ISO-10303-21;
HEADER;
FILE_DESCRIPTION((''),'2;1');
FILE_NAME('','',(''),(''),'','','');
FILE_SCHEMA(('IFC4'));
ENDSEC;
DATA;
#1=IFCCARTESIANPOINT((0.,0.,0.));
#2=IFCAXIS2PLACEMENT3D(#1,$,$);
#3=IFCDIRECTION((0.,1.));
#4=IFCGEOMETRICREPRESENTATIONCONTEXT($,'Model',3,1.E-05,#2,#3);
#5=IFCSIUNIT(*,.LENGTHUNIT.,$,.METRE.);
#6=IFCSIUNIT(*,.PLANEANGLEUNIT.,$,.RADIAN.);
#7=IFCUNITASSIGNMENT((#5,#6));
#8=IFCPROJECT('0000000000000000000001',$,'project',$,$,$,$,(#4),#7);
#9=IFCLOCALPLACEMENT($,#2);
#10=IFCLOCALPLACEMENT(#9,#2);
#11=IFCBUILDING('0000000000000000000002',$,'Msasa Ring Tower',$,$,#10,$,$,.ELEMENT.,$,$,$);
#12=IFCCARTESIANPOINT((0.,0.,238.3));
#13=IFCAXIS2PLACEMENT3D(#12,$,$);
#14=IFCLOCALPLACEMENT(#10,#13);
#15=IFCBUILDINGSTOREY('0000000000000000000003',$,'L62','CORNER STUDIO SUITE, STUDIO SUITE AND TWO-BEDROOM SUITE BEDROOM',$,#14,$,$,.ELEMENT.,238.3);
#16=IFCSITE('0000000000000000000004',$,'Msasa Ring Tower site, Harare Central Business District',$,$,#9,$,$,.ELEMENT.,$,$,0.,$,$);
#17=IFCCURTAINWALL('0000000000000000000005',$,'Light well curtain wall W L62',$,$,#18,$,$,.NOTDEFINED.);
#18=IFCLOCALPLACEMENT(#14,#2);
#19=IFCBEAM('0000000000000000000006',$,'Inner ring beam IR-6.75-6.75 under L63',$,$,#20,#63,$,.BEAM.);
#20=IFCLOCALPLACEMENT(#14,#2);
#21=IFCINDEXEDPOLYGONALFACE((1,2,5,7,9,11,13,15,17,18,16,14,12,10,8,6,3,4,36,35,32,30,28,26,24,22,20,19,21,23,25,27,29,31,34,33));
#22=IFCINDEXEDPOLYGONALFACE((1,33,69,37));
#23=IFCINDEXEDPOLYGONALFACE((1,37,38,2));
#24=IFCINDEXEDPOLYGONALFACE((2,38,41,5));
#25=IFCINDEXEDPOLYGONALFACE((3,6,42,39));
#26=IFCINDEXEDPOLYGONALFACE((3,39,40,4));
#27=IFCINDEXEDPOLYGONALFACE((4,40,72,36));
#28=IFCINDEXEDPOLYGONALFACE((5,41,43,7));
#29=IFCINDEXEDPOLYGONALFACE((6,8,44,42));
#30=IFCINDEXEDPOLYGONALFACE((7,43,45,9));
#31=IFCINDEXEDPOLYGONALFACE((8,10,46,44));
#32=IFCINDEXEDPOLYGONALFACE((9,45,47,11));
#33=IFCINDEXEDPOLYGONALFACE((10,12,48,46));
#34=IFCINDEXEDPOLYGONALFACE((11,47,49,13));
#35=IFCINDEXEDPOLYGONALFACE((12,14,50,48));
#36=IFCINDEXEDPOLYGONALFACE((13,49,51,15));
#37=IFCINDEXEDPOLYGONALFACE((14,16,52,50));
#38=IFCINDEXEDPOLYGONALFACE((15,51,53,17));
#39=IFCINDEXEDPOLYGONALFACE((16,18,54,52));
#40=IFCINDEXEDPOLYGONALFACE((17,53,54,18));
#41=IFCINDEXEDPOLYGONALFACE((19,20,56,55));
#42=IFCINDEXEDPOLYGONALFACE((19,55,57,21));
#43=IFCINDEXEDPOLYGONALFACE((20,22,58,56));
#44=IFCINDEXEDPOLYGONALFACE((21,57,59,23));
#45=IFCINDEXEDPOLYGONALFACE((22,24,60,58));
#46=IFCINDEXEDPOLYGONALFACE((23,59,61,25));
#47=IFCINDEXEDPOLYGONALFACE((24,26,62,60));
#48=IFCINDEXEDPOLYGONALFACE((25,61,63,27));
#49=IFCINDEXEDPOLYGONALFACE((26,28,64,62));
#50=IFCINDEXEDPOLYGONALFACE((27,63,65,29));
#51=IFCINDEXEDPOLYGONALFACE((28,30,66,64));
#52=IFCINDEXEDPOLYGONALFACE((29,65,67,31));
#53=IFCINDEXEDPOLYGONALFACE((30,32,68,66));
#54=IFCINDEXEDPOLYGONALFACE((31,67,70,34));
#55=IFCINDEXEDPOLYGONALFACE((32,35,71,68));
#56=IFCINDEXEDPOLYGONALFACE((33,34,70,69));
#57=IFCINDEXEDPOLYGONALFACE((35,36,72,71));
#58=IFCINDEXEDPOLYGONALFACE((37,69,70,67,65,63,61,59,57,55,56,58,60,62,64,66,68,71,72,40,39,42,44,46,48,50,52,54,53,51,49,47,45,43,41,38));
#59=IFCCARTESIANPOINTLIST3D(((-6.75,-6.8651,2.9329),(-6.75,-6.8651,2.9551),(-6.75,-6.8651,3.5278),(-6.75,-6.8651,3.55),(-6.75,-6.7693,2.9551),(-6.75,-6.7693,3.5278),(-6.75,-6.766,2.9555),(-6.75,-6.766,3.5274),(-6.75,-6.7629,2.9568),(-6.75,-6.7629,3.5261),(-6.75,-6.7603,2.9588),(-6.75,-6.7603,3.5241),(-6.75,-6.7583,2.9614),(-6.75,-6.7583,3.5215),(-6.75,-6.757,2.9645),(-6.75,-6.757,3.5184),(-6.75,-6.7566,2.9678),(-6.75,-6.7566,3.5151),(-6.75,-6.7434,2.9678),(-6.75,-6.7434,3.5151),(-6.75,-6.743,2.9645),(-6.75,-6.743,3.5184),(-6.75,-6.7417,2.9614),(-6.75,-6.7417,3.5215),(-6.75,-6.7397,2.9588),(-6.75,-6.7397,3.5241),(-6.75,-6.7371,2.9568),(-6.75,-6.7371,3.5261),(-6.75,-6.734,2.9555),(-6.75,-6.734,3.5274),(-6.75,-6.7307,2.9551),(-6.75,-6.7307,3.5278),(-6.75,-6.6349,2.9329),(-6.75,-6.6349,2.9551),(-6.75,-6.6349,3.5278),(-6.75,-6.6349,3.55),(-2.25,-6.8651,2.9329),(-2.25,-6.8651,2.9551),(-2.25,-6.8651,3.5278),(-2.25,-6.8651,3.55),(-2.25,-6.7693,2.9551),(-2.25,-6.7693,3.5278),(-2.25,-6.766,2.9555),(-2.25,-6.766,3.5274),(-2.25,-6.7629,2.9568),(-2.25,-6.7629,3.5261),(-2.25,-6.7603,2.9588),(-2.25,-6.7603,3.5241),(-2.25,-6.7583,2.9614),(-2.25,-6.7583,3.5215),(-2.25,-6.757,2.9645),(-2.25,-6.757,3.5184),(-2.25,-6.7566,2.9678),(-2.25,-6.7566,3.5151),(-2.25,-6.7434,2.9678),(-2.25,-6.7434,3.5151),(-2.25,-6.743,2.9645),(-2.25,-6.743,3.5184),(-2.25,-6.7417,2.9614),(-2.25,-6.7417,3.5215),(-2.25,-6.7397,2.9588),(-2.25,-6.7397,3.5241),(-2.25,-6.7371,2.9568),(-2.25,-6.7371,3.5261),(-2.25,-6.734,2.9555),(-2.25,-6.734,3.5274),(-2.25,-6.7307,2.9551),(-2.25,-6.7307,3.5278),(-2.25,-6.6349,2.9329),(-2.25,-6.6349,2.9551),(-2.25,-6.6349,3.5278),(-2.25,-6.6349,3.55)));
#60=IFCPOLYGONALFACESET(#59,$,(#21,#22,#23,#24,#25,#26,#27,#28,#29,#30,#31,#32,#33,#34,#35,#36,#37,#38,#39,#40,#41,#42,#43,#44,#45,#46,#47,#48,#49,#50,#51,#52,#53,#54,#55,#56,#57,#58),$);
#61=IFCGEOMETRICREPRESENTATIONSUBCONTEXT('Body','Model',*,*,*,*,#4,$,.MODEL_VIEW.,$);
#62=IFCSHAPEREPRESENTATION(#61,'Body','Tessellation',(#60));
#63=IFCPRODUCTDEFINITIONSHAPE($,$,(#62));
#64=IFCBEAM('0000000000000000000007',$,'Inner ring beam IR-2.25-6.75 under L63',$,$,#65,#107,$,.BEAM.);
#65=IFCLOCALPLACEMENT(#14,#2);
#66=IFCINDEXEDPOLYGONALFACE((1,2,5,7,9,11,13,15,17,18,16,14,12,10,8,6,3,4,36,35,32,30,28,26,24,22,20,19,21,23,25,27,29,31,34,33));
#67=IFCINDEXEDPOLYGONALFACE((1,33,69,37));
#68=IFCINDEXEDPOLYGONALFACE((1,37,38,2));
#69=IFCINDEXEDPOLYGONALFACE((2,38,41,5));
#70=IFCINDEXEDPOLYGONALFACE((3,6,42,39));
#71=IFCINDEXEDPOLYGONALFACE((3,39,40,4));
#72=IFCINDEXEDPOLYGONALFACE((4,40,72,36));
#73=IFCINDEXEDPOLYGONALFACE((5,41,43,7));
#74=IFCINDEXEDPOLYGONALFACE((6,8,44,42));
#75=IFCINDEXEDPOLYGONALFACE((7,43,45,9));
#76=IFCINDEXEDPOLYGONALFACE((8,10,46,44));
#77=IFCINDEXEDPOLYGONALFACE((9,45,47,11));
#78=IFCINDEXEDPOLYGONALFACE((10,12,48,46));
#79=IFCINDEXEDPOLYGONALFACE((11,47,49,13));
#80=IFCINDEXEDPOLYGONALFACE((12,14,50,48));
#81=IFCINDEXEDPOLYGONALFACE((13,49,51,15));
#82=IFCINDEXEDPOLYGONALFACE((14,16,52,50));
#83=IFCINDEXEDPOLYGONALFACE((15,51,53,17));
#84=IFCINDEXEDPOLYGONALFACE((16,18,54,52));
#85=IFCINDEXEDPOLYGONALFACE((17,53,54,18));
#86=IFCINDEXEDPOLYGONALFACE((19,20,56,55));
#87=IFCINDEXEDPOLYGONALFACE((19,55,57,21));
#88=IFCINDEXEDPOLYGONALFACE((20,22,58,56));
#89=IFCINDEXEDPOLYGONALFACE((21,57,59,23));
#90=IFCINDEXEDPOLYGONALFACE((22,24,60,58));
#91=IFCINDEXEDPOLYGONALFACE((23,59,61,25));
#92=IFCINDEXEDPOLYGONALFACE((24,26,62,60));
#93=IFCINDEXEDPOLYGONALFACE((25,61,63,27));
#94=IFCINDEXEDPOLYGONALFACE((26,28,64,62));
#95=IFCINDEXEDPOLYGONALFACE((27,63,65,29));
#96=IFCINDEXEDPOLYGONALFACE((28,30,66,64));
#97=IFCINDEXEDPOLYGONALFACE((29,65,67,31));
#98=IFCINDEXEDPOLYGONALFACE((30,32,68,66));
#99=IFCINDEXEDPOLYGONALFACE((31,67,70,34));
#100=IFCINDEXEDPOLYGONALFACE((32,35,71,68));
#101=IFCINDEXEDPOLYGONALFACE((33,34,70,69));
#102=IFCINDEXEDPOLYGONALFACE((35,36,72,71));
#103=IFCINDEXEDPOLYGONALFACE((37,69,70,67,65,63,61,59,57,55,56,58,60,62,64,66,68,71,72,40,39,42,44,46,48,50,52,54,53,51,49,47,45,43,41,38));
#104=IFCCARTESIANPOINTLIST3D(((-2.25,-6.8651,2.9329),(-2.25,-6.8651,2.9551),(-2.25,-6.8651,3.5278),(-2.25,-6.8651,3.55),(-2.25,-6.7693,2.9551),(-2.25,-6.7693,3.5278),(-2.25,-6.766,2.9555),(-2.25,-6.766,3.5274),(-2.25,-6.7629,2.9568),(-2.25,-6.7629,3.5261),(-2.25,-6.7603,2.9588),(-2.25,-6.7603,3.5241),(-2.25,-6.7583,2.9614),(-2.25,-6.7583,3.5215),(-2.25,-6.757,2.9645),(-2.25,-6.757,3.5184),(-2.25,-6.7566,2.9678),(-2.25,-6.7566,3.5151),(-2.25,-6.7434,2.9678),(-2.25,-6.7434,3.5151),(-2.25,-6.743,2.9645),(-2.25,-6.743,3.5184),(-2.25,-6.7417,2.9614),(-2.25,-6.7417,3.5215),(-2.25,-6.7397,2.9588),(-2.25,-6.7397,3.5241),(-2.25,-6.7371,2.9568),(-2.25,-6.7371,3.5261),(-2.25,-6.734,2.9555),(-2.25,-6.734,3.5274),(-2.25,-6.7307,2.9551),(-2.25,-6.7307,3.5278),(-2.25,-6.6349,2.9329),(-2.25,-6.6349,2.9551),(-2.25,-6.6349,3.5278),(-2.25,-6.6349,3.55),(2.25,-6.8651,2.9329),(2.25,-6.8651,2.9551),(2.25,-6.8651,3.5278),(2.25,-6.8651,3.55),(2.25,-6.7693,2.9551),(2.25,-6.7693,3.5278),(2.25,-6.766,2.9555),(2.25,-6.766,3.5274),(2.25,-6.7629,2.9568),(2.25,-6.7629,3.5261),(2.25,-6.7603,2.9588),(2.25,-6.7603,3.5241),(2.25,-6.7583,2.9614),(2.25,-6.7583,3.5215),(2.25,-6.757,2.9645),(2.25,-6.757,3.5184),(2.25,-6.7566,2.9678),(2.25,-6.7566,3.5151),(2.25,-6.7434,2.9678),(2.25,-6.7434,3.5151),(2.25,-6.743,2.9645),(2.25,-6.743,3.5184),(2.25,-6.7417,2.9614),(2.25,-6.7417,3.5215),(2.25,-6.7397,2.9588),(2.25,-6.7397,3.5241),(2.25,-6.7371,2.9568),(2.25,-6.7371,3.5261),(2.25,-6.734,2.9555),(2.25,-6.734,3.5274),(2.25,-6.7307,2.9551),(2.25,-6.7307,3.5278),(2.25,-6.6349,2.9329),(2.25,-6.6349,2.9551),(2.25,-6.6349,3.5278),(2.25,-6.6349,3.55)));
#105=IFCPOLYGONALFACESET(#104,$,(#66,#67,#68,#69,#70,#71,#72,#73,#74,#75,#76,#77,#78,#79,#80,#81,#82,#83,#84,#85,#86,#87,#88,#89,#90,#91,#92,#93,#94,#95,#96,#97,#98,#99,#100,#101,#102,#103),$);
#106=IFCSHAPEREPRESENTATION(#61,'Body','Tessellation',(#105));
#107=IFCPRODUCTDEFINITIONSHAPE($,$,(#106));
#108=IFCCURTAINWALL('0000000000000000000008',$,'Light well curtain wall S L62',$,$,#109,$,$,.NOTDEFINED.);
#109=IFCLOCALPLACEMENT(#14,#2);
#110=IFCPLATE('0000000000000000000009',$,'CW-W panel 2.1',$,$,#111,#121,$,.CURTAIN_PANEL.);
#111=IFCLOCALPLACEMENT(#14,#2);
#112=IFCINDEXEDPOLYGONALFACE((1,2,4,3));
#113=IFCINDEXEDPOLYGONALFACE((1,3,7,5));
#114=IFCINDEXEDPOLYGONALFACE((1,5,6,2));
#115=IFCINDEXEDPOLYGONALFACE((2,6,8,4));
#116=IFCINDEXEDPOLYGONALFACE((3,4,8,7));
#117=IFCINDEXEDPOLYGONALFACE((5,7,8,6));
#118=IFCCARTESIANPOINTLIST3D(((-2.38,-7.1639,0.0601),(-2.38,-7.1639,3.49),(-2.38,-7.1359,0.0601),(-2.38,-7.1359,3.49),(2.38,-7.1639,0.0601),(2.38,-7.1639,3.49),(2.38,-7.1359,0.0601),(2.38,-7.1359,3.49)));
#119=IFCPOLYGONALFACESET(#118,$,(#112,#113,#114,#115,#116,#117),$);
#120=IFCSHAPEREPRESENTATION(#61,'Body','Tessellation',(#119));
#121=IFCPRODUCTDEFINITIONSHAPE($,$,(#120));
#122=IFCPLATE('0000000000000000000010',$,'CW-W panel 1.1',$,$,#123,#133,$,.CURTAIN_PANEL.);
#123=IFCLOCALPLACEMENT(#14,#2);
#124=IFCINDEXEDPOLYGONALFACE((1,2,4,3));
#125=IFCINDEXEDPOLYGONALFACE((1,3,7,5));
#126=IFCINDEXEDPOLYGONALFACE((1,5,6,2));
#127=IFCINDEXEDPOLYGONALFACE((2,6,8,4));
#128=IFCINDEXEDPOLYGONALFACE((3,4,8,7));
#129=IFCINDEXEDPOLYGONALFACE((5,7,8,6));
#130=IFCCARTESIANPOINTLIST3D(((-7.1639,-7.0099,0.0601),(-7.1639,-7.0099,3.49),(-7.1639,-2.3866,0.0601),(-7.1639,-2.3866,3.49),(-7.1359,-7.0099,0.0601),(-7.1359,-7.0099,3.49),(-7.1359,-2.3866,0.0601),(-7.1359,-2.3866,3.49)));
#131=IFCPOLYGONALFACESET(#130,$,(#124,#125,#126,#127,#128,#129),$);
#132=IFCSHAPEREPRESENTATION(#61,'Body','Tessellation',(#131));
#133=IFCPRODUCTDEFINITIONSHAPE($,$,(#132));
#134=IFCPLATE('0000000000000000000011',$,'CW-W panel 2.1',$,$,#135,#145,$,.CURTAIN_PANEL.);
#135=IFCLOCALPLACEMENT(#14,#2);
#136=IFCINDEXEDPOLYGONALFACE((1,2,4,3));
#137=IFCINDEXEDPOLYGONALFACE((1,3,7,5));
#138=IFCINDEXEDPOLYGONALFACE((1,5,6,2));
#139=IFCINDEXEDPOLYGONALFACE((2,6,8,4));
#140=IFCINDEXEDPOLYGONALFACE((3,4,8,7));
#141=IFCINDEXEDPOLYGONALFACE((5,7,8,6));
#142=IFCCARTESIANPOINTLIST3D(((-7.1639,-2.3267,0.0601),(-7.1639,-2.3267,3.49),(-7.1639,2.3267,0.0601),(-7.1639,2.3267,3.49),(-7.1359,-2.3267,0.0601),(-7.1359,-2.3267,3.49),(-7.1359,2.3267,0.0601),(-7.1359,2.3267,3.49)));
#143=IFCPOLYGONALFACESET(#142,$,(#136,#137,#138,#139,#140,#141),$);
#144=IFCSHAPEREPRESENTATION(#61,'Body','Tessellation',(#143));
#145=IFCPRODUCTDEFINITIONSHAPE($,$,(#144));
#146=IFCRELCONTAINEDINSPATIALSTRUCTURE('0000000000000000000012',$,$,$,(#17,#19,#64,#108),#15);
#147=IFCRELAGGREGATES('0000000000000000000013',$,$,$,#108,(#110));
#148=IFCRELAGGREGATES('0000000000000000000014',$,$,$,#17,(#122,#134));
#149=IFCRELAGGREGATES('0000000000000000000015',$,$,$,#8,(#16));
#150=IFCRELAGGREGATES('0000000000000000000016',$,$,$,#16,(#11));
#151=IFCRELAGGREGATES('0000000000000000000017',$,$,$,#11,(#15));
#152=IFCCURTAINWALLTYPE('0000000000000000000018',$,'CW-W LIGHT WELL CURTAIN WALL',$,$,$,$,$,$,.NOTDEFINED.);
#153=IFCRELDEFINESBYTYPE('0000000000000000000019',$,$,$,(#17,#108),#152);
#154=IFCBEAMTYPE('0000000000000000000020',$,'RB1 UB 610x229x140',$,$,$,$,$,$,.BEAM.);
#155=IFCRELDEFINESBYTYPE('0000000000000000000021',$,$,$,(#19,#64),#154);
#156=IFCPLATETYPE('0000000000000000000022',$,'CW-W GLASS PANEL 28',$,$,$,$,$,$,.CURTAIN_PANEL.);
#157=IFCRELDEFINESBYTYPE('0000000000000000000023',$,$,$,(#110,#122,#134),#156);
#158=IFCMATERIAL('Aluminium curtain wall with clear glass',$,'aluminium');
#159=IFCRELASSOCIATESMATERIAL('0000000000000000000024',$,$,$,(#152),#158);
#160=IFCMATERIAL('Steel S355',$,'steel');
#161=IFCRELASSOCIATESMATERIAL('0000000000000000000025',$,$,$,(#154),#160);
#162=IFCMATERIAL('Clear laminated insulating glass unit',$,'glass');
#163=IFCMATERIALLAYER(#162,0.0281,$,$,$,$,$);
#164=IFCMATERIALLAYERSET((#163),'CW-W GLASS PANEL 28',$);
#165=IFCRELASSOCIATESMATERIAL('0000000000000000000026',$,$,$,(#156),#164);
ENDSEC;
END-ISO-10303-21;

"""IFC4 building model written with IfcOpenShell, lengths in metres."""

from ifc_helpers import new_model, si_unit, direction, frame, origin, origin_2d, place, context, subcontext, project, spatial, rectangle, i_section, extrude, material, layer, layer_set, material_profile, profile_set, type_object, element, aggregate, save


model = new_model("IFC4")

# Units and contexts
model_context = context("Model", 3, precision=1e-05, world=origin(), true_north=direction((0.0, 1.0)))
body_context = subcontext(model_context, "Body", "Model", "MODEL_VIEW")
ifc_project = project(units=[si_unit("LENGTHUNIT", "METRE"), si_unit("PLANEANGLEUNIT", "RADIAN")], contexts=[model_context])

# Site, building, storey
site_placement = place(None, origin())
site = spatial("IfcSite", under=ifc_project, at=site_placement, Name="Msasa Ring Tower site, Harare Central Business District", CompositionType="ELEMENT", RefElevation=0.0)
building_placement = place(site_placement, origin())
building = spatial("IfcBuilding", under=site, at=building_placement, Name="Msasa Ring Tower", CompositionType="ELEMENT")
storey_placement = place(building_placement, frame((0.0, 0.0, 238.3)))
storey = spatial("IfcBuildingStorey", under=building, at=storey_placement, Name="L62", Description="CORNER STUDIO SUITE, STUDIO SUITE AND TWO-BEDROOM SUITE BEDROOM", CompositionType="ELEMENT", Elevation=238.3)

# Curtain wall
ifc_material_1 = material(Name="Aluminium curtain wall with clear glass", Category="aluminium")
curtain_wall_type = type_object("IfcCurtainWallType", Name="CW-W LIGHT WELL CURTAIN WALL", PredefinedType="NOTDEFINED", material=ifc_material_1)
curtain_wall_1_placement = place(storey_placement, origin())
curtain_wall_1 = element("IfcCurtainWall", 1, at=curtain_wall_1_placement, inside=storey, type_object=curtain_wall_type, Name="Light well curtain wall W L62", PredefinedType="NOTDEFINED")

# Beams
ifc_material_2 = material(Name="Steel S355", Category="steel")
ifc_material_profile_1 = material_profile(ifc_material_2, i_section(OverallWidth=0.2302, OverallDepth=0.6172, WebThickness=0.0132, FlangeThickness=0.0222, FilletRadius=0.0127, at=origin_2d()), Name="UB 610x229x140")
ifc_profile_set_1 = profile_set([ifc_material_profile_1], Name="Steel S355")
beam_type = type_object("IfcBeamType", Name="RB1 UB 610x229x140", PredefinedType="BEAM", material=ifc_profile_set_1)
for number, where, z_axis, x_axis, name in (
    (2, (-6.75, -6.75, 3.2415), (1.0, 0.0, 0.0), (0.0, 1.0, 0.0), "Inner ring beam IR-6.75-6.75 under L63"),
    (3, (-2.25, -6.75, 3.2415), (1.0, 0.0, 0.0), (0.0, 1.0, 0.0), "Inner ring beam IR-2.25-6.75 under L63"),
):
    element("IfcBeam", number, at=place(storey_placement, frame(where, z_axis=z_axis, x_axis=x_axis)), inside=storey, type_object=beam_type, Name=name, PredefinedType="BEAM", context=body_context, shape_type="SweptSolid", body=[
        extrude(i_section(OverallWidth=0.2302, OverallDepth=0.6172, WebThickness=0.0132, FlangeThickness=0.0222, FilletRadius=0.0127, at=origin_2d()), origin(), (0.0, 0.0, 1.0), 4.5),
    ])

# Curtain wall, plate
curtain_wall_2_placement = place(storey_placement, origin())
curtain_wall_2 = element("IfcCurtainWall", 4, at=curtain_wall_2_placement, inside=storey, type_object=curtain_wall_type, Name="Light well curtain wall S L62", PredefinedType="NOTDEFINED")
ifc_material_3 = material(Name="Clear laminated insulating glass unit", Category="glass")
ifc_layer_1 = layer(ifc_material_3, 0.0281)
ifc_layer_set_1 = layer_set([ifc_layer_1], Name="CW-W GLASS PANEL 28")
plate_type = type_object("IfcPlateType", Name="CW-W GLASS PANEL 28", PredefinedType="CURTAIN_PANEL", material=ifc_layer_set_1)
plate_1_placement = place(storey_placement, frame((0.0, -7.1499, 0.0601), z_axis=(0.0, 0.0, 1.0), x_axis=(1.0, 0.0, 0.0)))
plate_1 = element("IfcPlate", 5, at=plate_1_placement, type_object=plate_type, Name="CW-W panel 2.1", PredefinedType="CURTAIN_PANEL", context=body_context, shape_type="SweptSolid", body=[
    extrude(rectangle(XDim=4.76, YDim=0.0281, at=origin_2d()), origin(), (0.0, 0.0, 1.0), 3.4299),
])
aggregate(curtain_wall_2, [plate_1])

# Plates
plate_2_placement = place(storey_placement, frame((-7.1499, -4.6982, 0.0601), z_axis=(0.0, 0.0, 1.0), x_axis=(0.0, 1.0, 0.0)))
plate_2 = element("IfcPlate", 6, at=plate_2_placement, type_object=plate_type, Name="CW-W panel 1.1", PredefinedType="CURTAIN_PANEL", context=body_context, shape_type="SweptSolid", body=[
    extrude(rectangle(XDim=4.6233, YDim=0.0281, at=origin_2d()), origin(), (0.0, 0.0, 1.0), 3.4299),
])
plate_3_placement = place(storey_placement, frame((-7.1499, 0.0, 0.0601), z_axis=(0.0, 0.0, 1.0), x_axis=(0.0, 1.0, 0.0)))
plate_3 = element("IfcPlate", 7, at=plate_3_placement, type_object=plate_type, Name="CW-W panel 2.1", PredefinedType="CURTAIN_PANEL", context=body_context, shape_type="SweptSolid", body=[
    extrude(rectangle(XDim=4.6533, YDim=0.0281, at=origin_2d()), origin(), (0.0, 0.0, 1.0), 3.4299),
])
aggregate(curtain_wall_1, [plate_2, plate_3])

save(model, "model.ifc")
